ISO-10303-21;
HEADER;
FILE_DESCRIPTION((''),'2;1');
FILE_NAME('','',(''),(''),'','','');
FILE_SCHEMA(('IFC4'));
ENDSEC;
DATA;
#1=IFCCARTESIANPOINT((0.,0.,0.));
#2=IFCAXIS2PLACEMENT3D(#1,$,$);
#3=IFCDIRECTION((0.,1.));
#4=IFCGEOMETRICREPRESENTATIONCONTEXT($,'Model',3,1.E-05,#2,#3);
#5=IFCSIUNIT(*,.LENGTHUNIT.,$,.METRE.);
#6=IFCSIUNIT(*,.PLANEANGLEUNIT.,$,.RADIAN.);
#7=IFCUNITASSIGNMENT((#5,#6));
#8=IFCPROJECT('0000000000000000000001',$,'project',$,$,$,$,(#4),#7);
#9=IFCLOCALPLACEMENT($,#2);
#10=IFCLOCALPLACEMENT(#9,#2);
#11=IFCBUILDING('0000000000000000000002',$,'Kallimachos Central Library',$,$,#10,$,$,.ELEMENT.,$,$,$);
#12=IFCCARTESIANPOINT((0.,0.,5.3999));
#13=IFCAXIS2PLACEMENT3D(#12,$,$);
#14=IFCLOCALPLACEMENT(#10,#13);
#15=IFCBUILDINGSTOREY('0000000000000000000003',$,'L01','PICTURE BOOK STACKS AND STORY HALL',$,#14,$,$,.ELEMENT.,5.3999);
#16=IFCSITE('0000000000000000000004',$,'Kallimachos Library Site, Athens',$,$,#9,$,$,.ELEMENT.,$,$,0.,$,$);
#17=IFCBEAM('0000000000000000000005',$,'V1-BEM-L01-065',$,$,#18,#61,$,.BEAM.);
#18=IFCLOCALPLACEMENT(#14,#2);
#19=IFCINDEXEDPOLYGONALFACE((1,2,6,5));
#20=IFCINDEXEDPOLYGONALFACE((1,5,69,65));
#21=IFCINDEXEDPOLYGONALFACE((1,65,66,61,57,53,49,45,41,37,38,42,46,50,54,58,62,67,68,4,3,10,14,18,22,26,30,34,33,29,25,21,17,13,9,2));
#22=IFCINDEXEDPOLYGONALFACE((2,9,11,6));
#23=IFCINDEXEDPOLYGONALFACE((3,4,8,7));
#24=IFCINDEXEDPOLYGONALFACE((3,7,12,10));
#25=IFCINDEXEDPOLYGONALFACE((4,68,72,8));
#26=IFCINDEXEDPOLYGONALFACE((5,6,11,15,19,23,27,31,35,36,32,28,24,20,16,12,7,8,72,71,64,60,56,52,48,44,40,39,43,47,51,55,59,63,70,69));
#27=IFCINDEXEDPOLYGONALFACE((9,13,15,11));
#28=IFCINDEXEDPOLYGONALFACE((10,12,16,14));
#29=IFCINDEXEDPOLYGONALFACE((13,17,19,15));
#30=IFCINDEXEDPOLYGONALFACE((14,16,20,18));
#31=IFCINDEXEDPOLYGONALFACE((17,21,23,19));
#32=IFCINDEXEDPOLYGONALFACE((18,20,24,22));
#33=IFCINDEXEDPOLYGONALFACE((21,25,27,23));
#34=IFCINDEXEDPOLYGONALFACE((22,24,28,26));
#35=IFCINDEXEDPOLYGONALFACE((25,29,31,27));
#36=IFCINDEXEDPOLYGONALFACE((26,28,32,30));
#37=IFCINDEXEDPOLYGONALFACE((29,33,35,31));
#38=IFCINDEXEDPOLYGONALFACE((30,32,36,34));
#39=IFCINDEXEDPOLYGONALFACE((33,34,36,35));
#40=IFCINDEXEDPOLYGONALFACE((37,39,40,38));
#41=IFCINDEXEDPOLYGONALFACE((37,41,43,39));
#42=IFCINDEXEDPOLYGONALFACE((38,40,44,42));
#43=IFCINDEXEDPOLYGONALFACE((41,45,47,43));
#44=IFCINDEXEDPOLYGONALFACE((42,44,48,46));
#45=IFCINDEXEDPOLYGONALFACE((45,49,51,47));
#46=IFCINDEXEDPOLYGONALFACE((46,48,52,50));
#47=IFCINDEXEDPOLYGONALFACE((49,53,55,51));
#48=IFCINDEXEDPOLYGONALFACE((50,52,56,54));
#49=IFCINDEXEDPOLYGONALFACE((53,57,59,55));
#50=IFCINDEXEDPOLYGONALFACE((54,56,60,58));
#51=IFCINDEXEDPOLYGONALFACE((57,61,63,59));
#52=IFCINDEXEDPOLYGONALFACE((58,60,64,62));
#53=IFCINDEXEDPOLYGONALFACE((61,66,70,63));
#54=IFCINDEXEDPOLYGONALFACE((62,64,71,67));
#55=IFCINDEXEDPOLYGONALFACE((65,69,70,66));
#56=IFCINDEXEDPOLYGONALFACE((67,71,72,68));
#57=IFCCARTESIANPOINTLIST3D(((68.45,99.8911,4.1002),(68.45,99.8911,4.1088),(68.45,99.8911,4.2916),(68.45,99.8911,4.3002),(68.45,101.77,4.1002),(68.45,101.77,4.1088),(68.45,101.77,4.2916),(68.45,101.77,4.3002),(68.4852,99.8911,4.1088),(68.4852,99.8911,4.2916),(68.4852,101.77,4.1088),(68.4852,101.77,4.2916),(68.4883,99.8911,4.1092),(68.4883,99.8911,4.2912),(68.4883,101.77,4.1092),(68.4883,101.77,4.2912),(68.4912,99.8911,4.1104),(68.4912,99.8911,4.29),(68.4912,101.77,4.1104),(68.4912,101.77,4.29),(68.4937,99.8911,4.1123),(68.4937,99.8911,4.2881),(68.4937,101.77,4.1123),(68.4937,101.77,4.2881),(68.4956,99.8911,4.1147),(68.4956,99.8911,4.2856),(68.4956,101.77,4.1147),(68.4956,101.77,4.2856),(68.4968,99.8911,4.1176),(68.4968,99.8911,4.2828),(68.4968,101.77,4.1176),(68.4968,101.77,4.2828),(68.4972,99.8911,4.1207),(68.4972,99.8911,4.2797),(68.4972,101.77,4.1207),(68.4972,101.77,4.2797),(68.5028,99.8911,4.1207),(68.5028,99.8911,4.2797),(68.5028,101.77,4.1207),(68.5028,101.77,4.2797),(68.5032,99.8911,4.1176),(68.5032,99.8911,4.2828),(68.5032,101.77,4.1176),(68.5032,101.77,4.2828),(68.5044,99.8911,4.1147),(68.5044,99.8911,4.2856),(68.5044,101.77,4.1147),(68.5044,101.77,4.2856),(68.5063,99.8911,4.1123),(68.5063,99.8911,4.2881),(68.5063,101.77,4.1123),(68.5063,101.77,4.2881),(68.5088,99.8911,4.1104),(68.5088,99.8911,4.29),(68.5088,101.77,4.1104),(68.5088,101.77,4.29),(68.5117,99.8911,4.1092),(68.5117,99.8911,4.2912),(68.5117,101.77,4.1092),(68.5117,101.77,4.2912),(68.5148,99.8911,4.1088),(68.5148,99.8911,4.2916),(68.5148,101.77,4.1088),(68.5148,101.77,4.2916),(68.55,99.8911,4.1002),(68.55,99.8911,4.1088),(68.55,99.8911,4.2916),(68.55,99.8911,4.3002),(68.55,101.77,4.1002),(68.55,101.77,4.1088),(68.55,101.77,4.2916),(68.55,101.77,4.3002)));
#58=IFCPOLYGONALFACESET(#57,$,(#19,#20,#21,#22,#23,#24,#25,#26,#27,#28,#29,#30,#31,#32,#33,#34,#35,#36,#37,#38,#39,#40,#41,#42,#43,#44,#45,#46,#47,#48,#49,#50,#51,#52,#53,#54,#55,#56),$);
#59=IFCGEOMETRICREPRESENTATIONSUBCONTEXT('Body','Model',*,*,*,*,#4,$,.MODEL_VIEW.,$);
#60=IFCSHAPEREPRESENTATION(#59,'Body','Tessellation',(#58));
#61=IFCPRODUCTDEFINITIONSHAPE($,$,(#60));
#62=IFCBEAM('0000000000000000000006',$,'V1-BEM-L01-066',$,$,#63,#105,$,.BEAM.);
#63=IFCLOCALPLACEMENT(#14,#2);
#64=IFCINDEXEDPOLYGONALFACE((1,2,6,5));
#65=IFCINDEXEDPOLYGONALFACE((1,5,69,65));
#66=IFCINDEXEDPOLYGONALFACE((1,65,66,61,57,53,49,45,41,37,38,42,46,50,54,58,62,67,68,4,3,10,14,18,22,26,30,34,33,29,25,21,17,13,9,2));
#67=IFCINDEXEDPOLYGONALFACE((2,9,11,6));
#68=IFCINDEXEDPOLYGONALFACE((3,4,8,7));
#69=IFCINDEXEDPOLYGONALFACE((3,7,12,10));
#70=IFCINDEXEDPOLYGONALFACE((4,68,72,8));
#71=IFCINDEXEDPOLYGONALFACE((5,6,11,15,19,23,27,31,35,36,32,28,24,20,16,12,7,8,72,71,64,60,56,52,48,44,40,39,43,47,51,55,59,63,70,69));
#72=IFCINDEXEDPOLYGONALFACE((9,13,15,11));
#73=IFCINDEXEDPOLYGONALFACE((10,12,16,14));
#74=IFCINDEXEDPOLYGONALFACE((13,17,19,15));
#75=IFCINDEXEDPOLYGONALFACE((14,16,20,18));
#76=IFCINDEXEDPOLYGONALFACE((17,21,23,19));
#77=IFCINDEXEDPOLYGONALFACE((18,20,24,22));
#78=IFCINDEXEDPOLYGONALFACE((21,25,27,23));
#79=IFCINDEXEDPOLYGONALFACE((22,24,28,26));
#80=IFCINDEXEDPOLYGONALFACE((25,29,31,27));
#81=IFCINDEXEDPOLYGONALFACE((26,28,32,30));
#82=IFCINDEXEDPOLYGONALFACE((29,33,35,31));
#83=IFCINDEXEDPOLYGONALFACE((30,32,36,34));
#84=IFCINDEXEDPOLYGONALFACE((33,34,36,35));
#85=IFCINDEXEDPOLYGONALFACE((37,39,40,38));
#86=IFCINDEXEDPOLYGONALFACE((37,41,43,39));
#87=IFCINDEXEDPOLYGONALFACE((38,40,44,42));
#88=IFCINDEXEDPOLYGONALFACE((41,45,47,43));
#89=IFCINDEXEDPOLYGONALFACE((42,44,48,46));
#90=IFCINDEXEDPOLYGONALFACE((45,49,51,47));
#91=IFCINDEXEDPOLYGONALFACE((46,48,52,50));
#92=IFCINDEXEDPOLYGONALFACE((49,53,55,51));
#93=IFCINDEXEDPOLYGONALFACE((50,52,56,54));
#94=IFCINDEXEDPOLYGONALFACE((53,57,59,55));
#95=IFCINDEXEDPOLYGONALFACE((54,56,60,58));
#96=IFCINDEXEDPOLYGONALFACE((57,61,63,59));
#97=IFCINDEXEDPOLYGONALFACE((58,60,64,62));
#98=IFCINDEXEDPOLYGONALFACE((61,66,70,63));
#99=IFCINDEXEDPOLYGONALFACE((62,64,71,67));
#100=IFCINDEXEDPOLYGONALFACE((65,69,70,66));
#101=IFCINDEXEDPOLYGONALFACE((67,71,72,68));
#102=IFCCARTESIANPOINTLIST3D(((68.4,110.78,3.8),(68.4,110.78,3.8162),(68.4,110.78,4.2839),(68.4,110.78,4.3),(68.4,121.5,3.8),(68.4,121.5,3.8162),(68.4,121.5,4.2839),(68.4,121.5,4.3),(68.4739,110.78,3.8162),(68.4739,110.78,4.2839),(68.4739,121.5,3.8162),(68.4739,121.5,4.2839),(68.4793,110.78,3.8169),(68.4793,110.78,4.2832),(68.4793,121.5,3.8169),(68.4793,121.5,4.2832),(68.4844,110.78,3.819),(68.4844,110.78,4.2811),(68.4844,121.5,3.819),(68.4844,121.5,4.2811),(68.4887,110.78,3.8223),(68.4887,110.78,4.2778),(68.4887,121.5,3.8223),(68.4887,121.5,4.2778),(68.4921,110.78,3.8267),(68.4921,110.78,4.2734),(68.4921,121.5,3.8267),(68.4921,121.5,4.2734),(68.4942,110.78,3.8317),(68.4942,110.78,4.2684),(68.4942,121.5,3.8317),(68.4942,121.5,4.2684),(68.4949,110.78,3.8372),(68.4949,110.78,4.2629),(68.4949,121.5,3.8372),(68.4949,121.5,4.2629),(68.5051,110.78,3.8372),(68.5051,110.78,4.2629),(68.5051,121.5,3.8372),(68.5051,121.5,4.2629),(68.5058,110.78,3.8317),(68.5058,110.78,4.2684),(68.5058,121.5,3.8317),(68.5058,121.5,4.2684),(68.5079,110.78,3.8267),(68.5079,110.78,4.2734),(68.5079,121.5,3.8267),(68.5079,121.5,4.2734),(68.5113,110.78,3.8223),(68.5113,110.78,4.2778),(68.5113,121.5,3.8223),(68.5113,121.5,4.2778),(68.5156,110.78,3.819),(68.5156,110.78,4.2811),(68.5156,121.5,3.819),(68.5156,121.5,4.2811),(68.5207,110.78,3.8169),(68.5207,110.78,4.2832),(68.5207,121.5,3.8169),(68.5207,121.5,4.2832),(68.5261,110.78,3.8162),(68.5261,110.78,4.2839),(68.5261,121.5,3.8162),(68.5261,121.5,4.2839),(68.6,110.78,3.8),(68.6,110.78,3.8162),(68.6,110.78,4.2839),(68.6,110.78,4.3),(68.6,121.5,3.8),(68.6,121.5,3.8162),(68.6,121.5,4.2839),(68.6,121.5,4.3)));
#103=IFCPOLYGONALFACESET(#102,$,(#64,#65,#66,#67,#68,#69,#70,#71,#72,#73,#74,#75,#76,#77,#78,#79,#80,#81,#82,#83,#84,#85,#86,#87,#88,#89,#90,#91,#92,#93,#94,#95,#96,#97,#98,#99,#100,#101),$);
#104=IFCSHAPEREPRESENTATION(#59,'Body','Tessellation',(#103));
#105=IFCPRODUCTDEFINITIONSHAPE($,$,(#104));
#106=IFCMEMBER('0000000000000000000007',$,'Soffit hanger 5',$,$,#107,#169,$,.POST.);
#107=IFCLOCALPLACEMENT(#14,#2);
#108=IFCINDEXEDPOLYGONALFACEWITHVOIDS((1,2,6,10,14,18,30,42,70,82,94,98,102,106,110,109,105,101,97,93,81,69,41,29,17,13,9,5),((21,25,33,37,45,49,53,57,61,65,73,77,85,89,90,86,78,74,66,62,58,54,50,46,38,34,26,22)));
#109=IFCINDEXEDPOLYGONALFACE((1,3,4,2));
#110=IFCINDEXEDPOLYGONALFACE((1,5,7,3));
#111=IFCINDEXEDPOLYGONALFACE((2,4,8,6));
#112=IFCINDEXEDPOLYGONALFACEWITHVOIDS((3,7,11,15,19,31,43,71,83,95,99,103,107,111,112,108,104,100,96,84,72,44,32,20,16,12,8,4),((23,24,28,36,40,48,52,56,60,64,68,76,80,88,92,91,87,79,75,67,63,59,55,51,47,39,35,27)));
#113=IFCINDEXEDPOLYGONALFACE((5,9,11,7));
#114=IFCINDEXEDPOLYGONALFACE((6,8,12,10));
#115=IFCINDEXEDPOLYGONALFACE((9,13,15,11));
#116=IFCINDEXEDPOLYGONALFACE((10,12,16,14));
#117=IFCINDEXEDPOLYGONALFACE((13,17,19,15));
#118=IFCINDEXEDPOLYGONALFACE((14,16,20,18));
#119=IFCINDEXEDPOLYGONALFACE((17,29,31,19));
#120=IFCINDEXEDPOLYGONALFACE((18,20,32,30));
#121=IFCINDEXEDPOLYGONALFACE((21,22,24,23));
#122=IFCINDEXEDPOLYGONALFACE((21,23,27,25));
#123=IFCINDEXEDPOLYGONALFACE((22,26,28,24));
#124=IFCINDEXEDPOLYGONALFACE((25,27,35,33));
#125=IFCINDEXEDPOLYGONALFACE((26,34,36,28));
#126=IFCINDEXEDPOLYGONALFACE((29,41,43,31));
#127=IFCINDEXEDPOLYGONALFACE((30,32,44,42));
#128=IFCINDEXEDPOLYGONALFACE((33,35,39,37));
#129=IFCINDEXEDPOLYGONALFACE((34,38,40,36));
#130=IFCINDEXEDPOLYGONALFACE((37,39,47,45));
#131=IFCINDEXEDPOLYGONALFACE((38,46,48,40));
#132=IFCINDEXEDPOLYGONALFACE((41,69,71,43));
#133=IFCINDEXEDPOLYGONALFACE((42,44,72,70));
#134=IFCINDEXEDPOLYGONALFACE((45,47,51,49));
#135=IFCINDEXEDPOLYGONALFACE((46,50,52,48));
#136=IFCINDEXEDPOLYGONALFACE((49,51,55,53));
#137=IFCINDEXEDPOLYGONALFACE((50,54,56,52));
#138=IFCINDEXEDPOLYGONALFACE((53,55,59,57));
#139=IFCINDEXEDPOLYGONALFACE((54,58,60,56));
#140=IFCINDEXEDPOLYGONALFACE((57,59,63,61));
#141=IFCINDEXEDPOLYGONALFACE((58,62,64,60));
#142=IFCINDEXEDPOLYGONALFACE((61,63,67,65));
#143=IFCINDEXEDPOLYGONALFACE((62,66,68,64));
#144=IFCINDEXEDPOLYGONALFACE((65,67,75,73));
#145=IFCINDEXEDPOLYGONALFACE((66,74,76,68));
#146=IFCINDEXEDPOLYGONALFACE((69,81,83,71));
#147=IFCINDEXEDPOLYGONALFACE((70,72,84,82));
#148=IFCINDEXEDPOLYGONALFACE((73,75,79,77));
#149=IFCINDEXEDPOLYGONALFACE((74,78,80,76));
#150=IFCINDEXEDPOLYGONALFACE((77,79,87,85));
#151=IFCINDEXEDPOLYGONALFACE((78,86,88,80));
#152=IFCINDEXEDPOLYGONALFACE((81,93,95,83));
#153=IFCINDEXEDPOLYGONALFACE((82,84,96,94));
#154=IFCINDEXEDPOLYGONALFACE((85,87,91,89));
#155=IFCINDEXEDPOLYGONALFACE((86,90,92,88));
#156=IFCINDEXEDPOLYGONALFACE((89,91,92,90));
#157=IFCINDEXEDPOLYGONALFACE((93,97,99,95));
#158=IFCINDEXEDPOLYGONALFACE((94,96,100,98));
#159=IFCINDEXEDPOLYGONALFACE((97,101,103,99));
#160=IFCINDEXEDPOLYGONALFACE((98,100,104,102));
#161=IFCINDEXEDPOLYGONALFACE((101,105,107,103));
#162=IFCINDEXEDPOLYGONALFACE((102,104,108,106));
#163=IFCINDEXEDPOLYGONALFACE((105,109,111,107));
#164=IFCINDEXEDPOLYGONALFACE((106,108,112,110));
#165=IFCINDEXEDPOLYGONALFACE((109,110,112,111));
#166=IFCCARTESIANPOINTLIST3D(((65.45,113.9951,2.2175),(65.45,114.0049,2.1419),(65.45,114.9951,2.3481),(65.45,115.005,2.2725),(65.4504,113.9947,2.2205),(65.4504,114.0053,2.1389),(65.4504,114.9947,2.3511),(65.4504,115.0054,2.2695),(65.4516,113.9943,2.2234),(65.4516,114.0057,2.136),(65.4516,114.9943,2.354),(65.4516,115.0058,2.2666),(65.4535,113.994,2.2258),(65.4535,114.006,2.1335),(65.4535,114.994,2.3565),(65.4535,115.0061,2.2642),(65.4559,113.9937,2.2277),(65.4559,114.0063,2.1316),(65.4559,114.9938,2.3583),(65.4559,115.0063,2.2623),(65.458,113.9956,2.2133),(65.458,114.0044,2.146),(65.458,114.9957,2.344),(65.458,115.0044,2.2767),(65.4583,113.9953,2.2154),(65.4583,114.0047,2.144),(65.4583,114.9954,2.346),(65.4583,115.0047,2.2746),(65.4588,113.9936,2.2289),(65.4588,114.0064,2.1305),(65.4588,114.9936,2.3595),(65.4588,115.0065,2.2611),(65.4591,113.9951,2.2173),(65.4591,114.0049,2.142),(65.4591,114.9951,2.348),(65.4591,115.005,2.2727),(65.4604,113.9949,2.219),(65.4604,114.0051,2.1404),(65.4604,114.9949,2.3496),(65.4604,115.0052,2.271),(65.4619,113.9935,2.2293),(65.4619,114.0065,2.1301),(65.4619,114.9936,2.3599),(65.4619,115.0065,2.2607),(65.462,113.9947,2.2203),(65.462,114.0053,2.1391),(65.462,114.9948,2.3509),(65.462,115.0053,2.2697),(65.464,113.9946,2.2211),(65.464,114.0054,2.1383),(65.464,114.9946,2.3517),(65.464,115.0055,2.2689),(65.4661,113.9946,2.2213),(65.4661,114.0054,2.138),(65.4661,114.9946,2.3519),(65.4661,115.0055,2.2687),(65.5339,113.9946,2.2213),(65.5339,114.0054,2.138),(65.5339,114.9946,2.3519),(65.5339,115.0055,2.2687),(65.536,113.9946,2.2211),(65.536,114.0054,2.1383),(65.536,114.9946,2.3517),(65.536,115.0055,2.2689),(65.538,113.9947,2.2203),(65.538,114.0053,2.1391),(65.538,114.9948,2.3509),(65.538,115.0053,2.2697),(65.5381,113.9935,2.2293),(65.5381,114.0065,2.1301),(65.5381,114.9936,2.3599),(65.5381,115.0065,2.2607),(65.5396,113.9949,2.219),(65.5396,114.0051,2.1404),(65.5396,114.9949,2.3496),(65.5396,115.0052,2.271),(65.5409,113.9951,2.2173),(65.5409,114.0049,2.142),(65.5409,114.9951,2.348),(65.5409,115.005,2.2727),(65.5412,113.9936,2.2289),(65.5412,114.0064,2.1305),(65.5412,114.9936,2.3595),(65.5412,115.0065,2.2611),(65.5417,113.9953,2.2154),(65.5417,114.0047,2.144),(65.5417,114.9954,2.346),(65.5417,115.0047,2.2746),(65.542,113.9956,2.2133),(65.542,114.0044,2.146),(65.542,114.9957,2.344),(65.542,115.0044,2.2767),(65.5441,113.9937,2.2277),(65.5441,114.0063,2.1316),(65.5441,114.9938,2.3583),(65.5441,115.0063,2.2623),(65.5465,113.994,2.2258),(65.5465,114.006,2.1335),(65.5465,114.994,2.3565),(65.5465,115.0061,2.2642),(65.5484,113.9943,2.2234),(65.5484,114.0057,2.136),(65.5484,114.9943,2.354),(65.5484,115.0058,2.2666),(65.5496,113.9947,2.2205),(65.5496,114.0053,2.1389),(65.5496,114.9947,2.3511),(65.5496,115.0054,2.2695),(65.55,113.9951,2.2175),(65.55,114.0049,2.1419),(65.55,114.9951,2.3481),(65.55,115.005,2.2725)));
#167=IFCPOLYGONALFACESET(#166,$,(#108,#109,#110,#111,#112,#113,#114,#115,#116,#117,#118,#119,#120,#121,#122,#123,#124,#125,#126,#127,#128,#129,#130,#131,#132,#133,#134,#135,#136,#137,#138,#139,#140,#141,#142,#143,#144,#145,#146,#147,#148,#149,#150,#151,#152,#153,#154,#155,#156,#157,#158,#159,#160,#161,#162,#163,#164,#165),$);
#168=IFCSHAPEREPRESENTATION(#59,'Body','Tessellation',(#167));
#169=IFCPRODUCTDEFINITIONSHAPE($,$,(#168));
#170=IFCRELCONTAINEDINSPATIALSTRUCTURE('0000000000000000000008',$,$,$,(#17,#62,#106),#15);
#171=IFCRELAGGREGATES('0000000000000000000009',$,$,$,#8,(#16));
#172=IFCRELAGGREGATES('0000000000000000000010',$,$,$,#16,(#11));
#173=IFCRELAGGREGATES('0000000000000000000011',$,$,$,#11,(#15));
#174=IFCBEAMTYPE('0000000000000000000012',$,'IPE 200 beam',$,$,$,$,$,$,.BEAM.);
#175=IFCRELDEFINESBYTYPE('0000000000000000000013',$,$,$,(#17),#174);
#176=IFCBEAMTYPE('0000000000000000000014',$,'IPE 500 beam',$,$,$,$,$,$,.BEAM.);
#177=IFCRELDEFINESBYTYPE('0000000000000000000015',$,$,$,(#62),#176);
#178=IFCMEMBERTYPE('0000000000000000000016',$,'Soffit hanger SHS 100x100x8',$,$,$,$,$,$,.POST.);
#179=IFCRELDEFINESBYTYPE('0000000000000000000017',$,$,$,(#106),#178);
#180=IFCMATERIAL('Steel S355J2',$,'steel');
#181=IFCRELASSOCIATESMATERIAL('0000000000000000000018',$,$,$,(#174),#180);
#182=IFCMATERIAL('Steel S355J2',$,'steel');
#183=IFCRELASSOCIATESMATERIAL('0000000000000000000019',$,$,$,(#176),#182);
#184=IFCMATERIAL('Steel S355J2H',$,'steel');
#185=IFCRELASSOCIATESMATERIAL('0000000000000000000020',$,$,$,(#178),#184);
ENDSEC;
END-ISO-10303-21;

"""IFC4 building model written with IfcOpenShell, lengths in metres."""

from ifc_helpers import new_model, si_unit, direction, frame, origin, origin_2d, place, context, subcontext, project, spatial, hollow_rectangle, i_section, extrude, material, material_profile, profile_set, type_object, element, save


model = new_model("IFC4")

# Units and contexts
model_context = context("Model", 3, precision=1e-05, world=origin(), true_north=direction((0.0, 1.0)))
body_context = subcontext(model_context, "Body", "Model", "MODEL_VIEW")
ifc_project = project(units=[si_unit("LENGTHUNIT", "METRE"), si_unit("PLANEANGLEUNIT", "RADIAN")], contexts=[model_context])

# Site, building, storey
site_placement = place(None, origin())
site = spatial("IfcSite", under=ifc_project, at=site_placement, Name="Kallimachos Library Site, Athens", CompositionType="ELEMENT", RefElevation=0.0)
building_placement = place(site_placement, origin())
building = spatial("IfcBuilding", under=site, at=building_placement, Name="Kallimachos Central Library", CompositionType="ELEMENT")
storey_placement = place(building_placement, frame((0.0, 0.0, 5.3999)))
storey = spatial("IfcBuildingStorey", under=building, at=storey_placement, Name="L01", Description="PICTURE BOOK STACKS AND STORY HALL", CompositionType="ELEMENT", Elevation=5.3999)

# Beams
ifc_material_1 = material(Name="Steel S355J2", Category="steel")
ifc_material_profile_1 = material_profile(ifc_material_1, i_section(OverallWidth=0.1001, OverallDepth=0.2, WebThickness=0.0056, FlangeThickness=0.0085, FilletRadius=0.012, at=origin_2d()), Name="IPE 200")
ifc_profile_set_1 = profile_set([ifc_material_profile_1], Name="Steel S355J2")
beam_type_1 = type_object("IfcBeamType", Name="IPE 200 beam", PredefinedType="BEAM", material=ifc_profile_set_1)
beam_1_placement = place(storey_placement, frame((68.5, 99.8911, 4.2002), z_axis=(0.0, 1.0, 0.0), x_axis=(-1.0, 0.0, 0.0)))
element("IfcBeam", 1, at=beam_1_placement, inside=storey, type_object=beam_type_1, Name="V1-BEM-L01-065", PredefinedType="BEAM", context=body_context, shape_type="SweptSolid", body=[
    extrude(i_section(OverallWidth=0.1001, OverallDepth=0.2, WebThickness=0.0056, FlangeThickness=0.0085, FilletRadius=0.012, at=origin_2d()), origin(), (0.0, 0.0, 1.0), 1.8789),
])
ifc_material_2 = material(Name="Steel S355J2", Category="steel")
ifc_material_profile_2 = material_profile(ifc_material_2, i_section(OverallWidth=0.2, OverallDepth=0.5, WebThickness=0.0103, FlangeThickness=0.0161, FilletRadius=0.021, at=origin_2d()), Name="IPE 500")
ifc_profile_set_2 = profile_set([ifc_material_profile_2], Name="Steel S355J2")
beam_type_2 = type_object("IfcBeamType", Name="IPE 500 beam", PredefinedType="BEAM", material=ifc_profile_set_2)
beam_2_placement = place(storey_placement, frame((68.5, 110.78, 4.05), z_axis=(0.0, 1.0, 0.0), x_axis=(-1.0, 0.0, 0.0)))
element("IfcBeam", 2, at=beam_2_placement, inside=storey, type_object=beam_type_2, Name="V1-BEM-L01-066", PredefinedType="BEAM", context=body_context, shape_type="SweptSolid", body=[
    extrude(i_section(OverallWidth=0.2, OverallDepth=0.5, WebThickness=0.0103, FlangeThickness=0.0161, FilletRadius=0.021, at=origin_2d()), origin(), (0.0, 0.0, 1.0), 10.72),
])

# Member
ifc_material_3 = material(Name="Steel S355J2H", Category="steel")
ifc_material_profile_3 = material_profile(ifc_material_3, hollow_rectangle(XDim=0.1001, YDim=0.1001, WallThickness=0.0081, InnerFilletRadius=0.0081, OuterFilletRadius=0.012, at=origin_2d()), Name="SHS 100x100x8")
ifc_profile_set_3 = profile_set([ifc_material_profile_3], Name="Steel S355J2H")
member_type_1 = type_object("IfcMemberType", Name="Soffit hanger SHS 100x100x8", PredefinedType="POST", material=ifc_profile_set_3)
member_1_placement = place(storey_placement, frame((65.5, 114.0, 2.1797), z_axis=(0.0, 0.991577, 0.129515), x_axis=(-1.0, 0.0, 0.0)))
element("IfcMember", 3, at=member_1_placement, inside=storey, type_object=member_type_1, Name="Soffit hanger 5", PredefinedType="POST", context=body_context, shape_type="SweptSolid", body=[
    extrude(hollow_rectangle(XDim=0.1001, YDim=0.1001, WallThickness=0.0081, InnerFilletRadius=0.0081, OuterFilletRadius=0.012, at=origin_2d()), origin(), (0.0, 0.0, 1.0), 1.0085),
])

save(model, "model.ifc")
